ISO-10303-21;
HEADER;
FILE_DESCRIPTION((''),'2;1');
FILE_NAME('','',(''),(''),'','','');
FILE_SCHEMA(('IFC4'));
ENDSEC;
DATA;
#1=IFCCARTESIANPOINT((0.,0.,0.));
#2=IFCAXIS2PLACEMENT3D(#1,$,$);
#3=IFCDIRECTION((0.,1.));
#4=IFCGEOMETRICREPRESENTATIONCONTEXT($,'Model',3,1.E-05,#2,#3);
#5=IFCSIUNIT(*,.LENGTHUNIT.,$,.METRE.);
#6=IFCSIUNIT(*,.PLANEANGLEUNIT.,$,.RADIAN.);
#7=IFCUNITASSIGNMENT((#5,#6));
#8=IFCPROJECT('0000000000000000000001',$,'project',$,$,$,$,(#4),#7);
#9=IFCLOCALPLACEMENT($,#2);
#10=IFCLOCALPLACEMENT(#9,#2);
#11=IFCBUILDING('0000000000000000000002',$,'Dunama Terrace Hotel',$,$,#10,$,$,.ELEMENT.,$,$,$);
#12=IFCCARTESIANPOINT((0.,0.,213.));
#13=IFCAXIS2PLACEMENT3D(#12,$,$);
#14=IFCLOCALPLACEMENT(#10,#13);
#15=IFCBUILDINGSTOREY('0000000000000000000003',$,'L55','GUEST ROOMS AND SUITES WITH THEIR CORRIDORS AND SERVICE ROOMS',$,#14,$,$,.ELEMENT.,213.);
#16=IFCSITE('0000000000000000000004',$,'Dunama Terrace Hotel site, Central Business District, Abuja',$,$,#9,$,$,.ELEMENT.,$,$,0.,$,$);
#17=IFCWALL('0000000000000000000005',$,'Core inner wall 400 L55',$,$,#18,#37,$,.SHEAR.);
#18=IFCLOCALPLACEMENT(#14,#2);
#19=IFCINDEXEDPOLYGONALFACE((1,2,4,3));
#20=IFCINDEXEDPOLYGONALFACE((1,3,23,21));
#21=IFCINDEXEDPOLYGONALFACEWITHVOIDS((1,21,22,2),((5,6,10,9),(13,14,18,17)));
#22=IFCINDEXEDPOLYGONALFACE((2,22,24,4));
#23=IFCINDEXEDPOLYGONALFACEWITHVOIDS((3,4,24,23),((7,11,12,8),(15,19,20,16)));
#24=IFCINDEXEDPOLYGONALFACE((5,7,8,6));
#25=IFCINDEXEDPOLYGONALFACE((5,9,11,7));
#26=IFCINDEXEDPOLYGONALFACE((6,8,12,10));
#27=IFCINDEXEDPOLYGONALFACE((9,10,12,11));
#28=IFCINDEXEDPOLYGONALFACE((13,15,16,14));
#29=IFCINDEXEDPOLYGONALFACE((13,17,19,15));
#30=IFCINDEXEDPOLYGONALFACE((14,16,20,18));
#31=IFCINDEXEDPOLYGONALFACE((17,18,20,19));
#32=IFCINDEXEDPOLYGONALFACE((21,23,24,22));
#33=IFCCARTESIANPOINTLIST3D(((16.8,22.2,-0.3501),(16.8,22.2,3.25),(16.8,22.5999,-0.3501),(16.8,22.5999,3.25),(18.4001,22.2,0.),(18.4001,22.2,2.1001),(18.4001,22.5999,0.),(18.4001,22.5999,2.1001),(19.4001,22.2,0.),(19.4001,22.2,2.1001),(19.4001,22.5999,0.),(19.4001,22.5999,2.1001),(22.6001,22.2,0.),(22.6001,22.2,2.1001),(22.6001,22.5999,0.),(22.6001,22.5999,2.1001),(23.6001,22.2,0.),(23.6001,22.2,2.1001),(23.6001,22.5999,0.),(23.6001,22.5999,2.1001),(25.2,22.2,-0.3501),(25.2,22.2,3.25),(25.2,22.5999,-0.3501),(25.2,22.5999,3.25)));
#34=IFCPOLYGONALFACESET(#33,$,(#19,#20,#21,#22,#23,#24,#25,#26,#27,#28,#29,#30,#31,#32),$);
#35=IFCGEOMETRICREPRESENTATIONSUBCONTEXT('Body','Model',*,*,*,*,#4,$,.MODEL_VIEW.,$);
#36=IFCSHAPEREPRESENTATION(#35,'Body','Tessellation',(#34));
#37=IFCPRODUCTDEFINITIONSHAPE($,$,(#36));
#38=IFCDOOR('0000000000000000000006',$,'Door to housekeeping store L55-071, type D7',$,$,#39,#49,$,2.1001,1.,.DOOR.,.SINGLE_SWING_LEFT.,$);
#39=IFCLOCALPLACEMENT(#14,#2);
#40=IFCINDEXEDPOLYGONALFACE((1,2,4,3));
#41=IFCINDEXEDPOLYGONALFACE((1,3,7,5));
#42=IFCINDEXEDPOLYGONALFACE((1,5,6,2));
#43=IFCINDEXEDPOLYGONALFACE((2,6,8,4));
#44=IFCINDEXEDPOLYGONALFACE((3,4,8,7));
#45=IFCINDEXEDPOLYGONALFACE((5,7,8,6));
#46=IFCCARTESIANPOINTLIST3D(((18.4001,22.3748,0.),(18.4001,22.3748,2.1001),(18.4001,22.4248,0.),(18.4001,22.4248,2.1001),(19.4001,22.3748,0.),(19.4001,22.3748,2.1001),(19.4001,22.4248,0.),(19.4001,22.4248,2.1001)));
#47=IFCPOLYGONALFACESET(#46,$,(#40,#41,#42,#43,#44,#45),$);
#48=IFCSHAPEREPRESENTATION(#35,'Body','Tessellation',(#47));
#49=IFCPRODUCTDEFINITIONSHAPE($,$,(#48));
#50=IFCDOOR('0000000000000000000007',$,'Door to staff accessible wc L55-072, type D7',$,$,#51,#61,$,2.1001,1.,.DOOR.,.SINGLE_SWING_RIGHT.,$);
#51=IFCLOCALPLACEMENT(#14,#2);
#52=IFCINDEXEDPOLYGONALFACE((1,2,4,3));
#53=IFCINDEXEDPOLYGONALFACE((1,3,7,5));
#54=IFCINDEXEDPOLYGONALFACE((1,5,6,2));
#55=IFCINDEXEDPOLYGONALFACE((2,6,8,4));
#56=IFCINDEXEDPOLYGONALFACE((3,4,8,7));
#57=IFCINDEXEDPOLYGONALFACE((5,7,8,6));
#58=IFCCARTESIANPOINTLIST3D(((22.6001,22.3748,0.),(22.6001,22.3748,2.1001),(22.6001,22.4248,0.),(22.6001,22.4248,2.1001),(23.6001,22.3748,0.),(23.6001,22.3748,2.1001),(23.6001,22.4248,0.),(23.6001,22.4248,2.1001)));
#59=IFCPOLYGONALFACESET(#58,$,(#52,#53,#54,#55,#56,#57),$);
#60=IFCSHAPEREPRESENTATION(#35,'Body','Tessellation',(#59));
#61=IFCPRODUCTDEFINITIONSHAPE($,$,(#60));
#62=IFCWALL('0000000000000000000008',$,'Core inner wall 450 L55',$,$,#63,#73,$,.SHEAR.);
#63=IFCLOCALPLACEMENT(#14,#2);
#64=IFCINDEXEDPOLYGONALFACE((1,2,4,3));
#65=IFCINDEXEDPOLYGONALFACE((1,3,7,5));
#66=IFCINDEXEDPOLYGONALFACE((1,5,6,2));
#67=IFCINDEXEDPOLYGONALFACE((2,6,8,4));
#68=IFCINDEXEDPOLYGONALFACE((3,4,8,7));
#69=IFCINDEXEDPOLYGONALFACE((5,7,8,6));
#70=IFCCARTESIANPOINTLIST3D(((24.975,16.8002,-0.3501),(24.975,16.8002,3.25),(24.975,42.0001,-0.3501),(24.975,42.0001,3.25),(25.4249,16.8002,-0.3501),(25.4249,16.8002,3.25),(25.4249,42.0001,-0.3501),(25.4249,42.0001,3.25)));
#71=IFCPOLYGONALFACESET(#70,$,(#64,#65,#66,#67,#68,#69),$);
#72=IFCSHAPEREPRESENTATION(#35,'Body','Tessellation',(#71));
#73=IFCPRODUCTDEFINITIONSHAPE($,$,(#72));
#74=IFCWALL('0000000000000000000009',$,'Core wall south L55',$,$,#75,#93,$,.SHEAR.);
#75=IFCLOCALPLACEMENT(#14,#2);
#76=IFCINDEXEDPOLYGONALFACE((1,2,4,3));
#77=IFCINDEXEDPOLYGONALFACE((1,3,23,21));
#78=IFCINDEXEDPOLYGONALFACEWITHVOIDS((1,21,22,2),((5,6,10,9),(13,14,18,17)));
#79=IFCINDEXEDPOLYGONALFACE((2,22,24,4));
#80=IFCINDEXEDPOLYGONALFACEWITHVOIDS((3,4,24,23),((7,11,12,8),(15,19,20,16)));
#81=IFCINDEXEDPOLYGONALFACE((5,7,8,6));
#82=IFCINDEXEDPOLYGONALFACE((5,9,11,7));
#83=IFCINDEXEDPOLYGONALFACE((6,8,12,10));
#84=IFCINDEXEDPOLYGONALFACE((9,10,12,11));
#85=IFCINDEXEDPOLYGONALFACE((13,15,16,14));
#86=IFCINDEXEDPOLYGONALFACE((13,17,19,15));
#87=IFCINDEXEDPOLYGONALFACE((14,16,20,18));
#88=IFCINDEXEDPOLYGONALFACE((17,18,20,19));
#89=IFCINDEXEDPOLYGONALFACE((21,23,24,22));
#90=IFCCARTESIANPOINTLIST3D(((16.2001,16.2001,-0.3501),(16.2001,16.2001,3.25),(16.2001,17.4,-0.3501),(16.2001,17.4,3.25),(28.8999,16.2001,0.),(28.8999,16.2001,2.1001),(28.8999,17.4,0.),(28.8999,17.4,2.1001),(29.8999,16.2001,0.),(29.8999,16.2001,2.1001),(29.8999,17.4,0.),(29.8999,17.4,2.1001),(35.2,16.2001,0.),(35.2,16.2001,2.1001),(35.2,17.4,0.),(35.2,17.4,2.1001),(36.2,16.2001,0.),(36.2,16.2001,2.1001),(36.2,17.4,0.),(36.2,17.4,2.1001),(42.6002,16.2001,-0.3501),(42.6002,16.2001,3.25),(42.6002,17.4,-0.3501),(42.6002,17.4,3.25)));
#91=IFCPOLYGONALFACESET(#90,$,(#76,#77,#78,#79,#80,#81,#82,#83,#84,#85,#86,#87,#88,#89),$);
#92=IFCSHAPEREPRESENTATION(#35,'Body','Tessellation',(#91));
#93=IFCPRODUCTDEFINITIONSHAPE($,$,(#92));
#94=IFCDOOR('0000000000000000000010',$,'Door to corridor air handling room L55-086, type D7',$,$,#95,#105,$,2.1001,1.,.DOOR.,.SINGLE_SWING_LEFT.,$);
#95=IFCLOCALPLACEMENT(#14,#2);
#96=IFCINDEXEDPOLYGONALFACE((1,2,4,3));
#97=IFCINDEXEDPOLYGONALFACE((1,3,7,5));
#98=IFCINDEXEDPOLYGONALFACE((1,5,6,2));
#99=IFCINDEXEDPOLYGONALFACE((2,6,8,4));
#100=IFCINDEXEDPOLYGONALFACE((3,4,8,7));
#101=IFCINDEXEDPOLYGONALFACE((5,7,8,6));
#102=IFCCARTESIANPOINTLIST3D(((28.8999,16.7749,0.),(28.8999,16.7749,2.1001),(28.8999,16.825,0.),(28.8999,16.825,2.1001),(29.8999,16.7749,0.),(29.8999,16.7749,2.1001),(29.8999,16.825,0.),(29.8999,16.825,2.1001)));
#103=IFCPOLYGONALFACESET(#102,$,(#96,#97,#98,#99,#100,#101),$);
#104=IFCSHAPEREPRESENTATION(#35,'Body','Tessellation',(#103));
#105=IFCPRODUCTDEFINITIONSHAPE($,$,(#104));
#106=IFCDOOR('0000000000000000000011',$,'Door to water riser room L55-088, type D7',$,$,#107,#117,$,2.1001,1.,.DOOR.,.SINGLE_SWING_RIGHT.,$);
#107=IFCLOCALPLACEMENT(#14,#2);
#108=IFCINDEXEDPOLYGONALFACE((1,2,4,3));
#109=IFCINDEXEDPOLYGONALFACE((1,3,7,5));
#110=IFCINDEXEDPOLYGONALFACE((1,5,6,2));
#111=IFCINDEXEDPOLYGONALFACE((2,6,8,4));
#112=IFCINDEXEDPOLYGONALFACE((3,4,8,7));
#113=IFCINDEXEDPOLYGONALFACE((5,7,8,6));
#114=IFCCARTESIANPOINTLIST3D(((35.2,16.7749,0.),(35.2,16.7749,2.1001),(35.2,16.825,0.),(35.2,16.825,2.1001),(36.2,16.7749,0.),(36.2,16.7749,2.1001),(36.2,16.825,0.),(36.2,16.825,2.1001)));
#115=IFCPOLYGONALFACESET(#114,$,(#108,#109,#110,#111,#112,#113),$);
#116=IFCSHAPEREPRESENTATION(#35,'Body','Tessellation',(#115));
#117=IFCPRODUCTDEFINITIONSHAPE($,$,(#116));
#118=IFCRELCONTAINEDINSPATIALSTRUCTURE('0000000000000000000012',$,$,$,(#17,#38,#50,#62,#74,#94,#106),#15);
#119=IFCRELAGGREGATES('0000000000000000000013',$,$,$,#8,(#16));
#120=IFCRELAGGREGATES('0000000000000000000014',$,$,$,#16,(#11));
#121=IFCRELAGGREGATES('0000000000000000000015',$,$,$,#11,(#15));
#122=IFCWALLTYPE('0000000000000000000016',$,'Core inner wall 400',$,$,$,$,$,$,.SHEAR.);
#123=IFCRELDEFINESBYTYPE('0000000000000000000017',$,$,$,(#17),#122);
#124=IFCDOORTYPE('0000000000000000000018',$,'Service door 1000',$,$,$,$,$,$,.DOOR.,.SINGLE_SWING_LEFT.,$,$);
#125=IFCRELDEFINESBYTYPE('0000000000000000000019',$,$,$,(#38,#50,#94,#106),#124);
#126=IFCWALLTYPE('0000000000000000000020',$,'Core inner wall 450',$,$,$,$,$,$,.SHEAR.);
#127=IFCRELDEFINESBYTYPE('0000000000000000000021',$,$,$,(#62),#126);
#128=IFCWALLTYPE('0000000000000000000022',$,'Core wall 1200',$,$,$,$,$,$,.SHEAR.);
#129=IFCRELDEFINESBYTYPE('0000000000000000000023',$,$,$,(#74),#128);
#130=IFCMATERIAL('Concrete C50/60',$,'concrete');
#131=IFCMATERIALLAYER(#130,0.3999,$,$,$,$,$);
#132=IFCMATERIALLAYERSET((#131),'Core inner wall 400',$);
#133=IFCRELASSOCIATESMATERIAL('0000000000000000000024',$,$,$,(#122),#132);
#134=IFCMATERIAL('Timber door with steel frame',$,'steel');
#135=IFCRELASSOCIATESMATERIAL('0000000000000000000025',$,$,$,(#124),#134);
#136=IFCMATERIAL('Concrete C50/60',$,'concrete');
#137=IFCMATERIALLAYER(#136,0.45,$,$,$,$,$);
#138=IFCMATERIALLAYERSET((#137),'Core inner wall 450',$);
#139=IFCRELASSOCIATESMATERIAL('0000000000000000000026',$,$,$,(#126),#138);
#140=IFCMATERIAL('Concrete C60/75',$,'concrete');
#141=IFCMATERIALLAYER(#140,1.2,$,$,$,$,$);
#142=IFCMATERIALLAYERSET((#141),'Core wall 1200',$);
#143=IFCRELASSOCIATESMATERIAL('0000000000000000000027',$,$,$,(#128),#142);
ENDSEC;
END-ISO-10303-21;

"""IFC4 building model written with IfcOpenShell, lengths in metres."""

from ifc_helpers import new_model, si_unit, direction, frame, frame_2d, origin, place, context, subcontext, project, spatial, rectangle, extrude, material, layer, layer_set, type_object, element, fill, save


model = new_model("IFC4")

# Units and contexts
model_context = context("Model", 3, precision=1e-05, world=origin(), true_north=direction((0.0, 1.0)))
body_context = subcontext(model_context, "Body", "Model", "MODEL_VIEW")
ifc_project = project(units=[si_unit("LENGTHUNIT", "METRE"), si_unit("PLANEANGLEUNIT", "RADIAN")], contexts=[model_context])

# Site, building, storey
site_placement = place(None, origin())
site = spatial("IfcSite", under=ifc_project, at=site_placement, Name="Dunama Terrace Hotel site, Central Business District, Abuja", CompositionType="ELEMENT", RefElevation=0.0)
building_placement = place(site_placement, origin())
building = spatial("IfcBuilding", under=site, at=building_placement, Name="Dunama Terrace Hotel", CompositionType="ELEMENT")
storey_placement = place(building_placement, frame((0.0, 0.0, 213.0)))
storey = spatial("IfcBuildingStorey", under=building, at=storey_placement, Name="L55", Description="GUEST ROOMS AND SUITES WITH THEIR CORRIDORS AND SERVICE ROOMS", CompositionType="ELEMENT", Elevation=213.0)

# Shared definitions
ifc_material_1 = material(Name="Concrete C50/60", Category="concrete")
ifc_layer_1 = layer(ifc_material_1, 0.3999)
ifc_layer_set_1 = layer_set([ifc_layer_1], Name="Core inner wall 400")
wall_type_1 = type_object("IfcWallType", Name="Core inner wall 400", PredefinedType="SHEAR", material=ifc_layer_set_1)

# Wall, openings, doors
ifc_material_2 = material(Name="Timber door with steel frame", Category="steel")
door_type_1 = type_object("IfcDoorType", Name="Service door 1000", OperationType="SINGLE_SWING_LEFT", PredefinedType="DOOR", material=ifc_material_2)
wall_1_placement = place(storey_placement, frame((16.8, 22.3999, -0.3501), z_axis=(0.0, 0.0, 1.0), x_axis=(1.0, 0.0, 0.0)))
wall_1 = element("IfcWall", 1, at=wall_1_placement, inside=storey, type_object=wall_type_1, Name="Core inner wall 400 L55", PredefinedType="SHEAR", context=body_context, shape_type="SweptSolid", body=[
    extrude(rectangle(XDim=8.3999, YDim=0.3999, at=frame_2d((4.2, 0.0))), origin(), (0.0, 0.0, 1.0), 3.6001),
])
opening_1_placement = place(wall_1_placement, frame((1.6001, 0.0, 0.3501)))
opening_1 = element("IfcOpeningElement", 2, at=opening_1_placement, cuts=wall_1, PredefinedType="OPENING", context=body_context, shape_type="SweptSolid", body=[
    extrude(rectangle(XDim=1.0, YDim=2.1001, at=frame_2d((0.5, 1.05))), frame((0.0, 0.21, 0.0), z_axis=(0.0, -1.0, 0.0), x_axis=(1.0, 0.0, 0.0)), (0.0, 0.0, 1.0), 0.4199),
])
opening_2_placement = place(wall_1_placement, frame((5.8, 0.0, 0.3501)))
opening_2 = element("IfcOpeningElement", 3, at=opening_2_placement, cuts=wall_1, PredefinedType="OPENING", context=body_context, shape_type="SweptSolid", body=[
    extrude(rectangle(XDim=1.0, YDim=2.1001, at=frame_2d((0.5, 1.05))), frame((0.0, 0.21, 0.0), z_axis=(0.0, -1.0, 0.0), x_axis=(1.0, 0.0, 0.0)), (0.0, 0.0, 1.0), 0.4199),
])
door_1_placement = place(opening_1_placement, origin())
door_1 = element("IfcDoor", 4, at=door_1_placement, inside=storey, type_object=door_type_1, Name="Door to housekeeping store L55-071, type D7", OperationType="SINGLE_SWING_LEFT", OverallHeight=2.1001, OverallWidth=1.0, PredefinedType="DOOR", context=body_context, shape_type="SweptSolid", body=[
    extrude(rectangle(XDim=1.0, YDim=2.1001, at=frame_2d((0.5, 1.05))), frame((0.0, 0.0249, 0.0), z_axis=(0.0, -1.0, 0.0), x_axis=(1.0, 0.0, 0.0)), (0.0, 0.0, 1.0), 0.05),
])
fill(opening_1, door_1)
door_2_placement = place(opening_2_placement, origin())
door_2 = element("IfcDoor", 5, at=door_2_placement, inside=storey, type_object=door_type_1, Name="Door to staff accessible wc L55-072, type D7", OperationType="SINGLE_SWING_RIGHT", OverallHeight=2.1001, OverallWidth=1.0, PredefinedType="DOOR", context=body_context, shape_type="SweptSolid", body=[
    extrude(rectangle(XDim=1.0, YDim=2.1001, at=frame_2d((0.5, 1.05))), frame((0.0, 0.0249, 0.0), z_axis=(0.0, -1.0, 0.0), x_axis=(1.0, 0.0, 0.0)), (0.0, 0.0, 1.0), 0.05),
])
fill(opening_2, door_2)

# Wall
ifc_material_3 = material(Name="Concrete C50/60", Category="concrete")
ifc_layer_2 = layer(ifc_material_3, 0.45)
ifc_layer_set_2 = layer_set([ifc_layer_2], Name="Core inner wall 450")
wall_type_2 = type_object("IfcWallType", Name="Core inner wall 450", PredefinedType="SHEAR", material=ifc_layer_set_2)
wall_2_placement = place(storey_placement, frame((25.2, 16.8, -0.3501), z_axis=(0.0, 0.0, 1.0), x_axis=(0.0, 1.0, 0.0)))
element("IfcWall", 6, at=wall_2_placement, inside=storey, type_object=wall_type_2, Name="Core inner wall 450 L55", PredefinedType="SHEAR", context=body_context, shape_type="SweptSolid", body=[
    extrude(rectangle(XDim=25.2, YDim=0.45, at=frame_2d((12.6001, 0.0))), origin(), (0.0, 0.0, 1.0), 3.6001),
])

# Wall, openings, doors
ifc_material_4 = material(Name="Concrete C60/75", Category="concrete")
ifc_layer_3 = layer(ifc_material_4, 1.2)
ifc_layer_set_3 = layer_set([ifc_layer_3], Name="Core wall 1200")
wall_type_3 = type_object("IfcWallType", Name="Core wall 1200", PredefinedType="SHEAR", material=ifc_layer_set_3)
wall_3_placement = place(storey_placement, frame((16.2, 16.8, -0.3501), z_axis=(0.0, 0.0, 1.0), x_axis=(1.0, 0.0, 0.0)))
wall_3 = element("IfcWall", 7, at=wall_3_placement, inside=storey, type_object=wall_type_3, Name="Core wall south L55", PredefinedType="SHEAR", context=body_context, shape_type="SweptSolid", body=[
    extrude(rectangle(XDim=26.4001, YDim=1.2, at=frame_2d((13.2002, 0.0))), origin(), (0.0, 0.0, 1.0), 3.6001),
])
opening_3_placement = place(wall_3_placement, frame((12.7, 0.0, 0.3501)))
opening_3 = element("IfcOpeningElement", 8, at=opening_3_placement, cuts=wall_3, PredefinedType="OPENING", context=body_context, shape_type="SweptSolid", body=[
    extrude(rectangle(XDim=1.0, YDim=2.1001, at=frame_2d((0.5, 1.05))), frame((0.0, 0.6099, 0.0), z_axis=(0.0, -1.0, 0.0), x_axis=(1.0, 0.0, 0.0)), (0.0, 0.0, 1.0), 1.22),
])
opening_4_placement = place(wall_3_placement, frame((19.0, 0.0, 0.3501)))
opening_4 = element("IfcOpeningElement", 9, at=opening_4_placement, cuts=wall_3, PredefinedType="OPENING", context=body_context, shape_type="SweptSolid", body=[
    extrude(rectangle(XDim=1.0, YDim=2.1001, at=frame_2d((0.5, 1.05))), frame((0.0, 0.6099, 0.0), z_axis=(0.0, -1.0, 0.0), x_axis=(1.0, 0.0, 0.0)), (0.0, 0.0, 1.0), 1.22),
])
door_3_placement = place(opening_3_placement, origin())
door_3 = element("IfcDoor", 10, at=door_3_placement, inside=storey, type_object=door_type_1, Name="Door to corridor air handling room L55-086, type D7", OperationType="SINGLE_SWING_LEFT", OverallHeight=2.1001, OverallWidth=1.0, PredefinedType="DOOR", context=body_context, shape_type="SweptSolid", body=[
    extrude(rectangle(XDim=1.0, YDim=2.1001, at=frame_2d((0.5, 1.05))), frame((0.0, 0.0249, 0.0), z_axis=(0.0, -1.0, 0.0), x_axis=(1.0, 0.0, 0.0)), (0.0, 0.0, 1.0), 0.05),
])
fill(opening_3, door_3)
door_4_placement = place(opening_4_placement, origin())
door_4 = element("IfcDoor", 11, at=door_4_placement, inside=storey, type_object=door_type_1, Name="Door to water riser room L55-088, type D7", OperationType="SINGLE_SWING_RIGHT", OverallHeight=2.1001, OverallWidth=1.0, PredefinedType="DOOR", context=body_context, shape_type="SweptSolid", body=[
    extrude(rectangle(XDim=1.0, YDim=2.1001, at=frame_2d((0.5, 1.05))), frame((0.0, 0.0249, 0.0), z_axis=(0.0, -1.0, 0.0), x_axis=(1.0, 0.0, 0.0)), (0.0, 0.0, 1.0), 0.05),
])
fill(opening_4, door_4)

save(model, "model.ifc")
